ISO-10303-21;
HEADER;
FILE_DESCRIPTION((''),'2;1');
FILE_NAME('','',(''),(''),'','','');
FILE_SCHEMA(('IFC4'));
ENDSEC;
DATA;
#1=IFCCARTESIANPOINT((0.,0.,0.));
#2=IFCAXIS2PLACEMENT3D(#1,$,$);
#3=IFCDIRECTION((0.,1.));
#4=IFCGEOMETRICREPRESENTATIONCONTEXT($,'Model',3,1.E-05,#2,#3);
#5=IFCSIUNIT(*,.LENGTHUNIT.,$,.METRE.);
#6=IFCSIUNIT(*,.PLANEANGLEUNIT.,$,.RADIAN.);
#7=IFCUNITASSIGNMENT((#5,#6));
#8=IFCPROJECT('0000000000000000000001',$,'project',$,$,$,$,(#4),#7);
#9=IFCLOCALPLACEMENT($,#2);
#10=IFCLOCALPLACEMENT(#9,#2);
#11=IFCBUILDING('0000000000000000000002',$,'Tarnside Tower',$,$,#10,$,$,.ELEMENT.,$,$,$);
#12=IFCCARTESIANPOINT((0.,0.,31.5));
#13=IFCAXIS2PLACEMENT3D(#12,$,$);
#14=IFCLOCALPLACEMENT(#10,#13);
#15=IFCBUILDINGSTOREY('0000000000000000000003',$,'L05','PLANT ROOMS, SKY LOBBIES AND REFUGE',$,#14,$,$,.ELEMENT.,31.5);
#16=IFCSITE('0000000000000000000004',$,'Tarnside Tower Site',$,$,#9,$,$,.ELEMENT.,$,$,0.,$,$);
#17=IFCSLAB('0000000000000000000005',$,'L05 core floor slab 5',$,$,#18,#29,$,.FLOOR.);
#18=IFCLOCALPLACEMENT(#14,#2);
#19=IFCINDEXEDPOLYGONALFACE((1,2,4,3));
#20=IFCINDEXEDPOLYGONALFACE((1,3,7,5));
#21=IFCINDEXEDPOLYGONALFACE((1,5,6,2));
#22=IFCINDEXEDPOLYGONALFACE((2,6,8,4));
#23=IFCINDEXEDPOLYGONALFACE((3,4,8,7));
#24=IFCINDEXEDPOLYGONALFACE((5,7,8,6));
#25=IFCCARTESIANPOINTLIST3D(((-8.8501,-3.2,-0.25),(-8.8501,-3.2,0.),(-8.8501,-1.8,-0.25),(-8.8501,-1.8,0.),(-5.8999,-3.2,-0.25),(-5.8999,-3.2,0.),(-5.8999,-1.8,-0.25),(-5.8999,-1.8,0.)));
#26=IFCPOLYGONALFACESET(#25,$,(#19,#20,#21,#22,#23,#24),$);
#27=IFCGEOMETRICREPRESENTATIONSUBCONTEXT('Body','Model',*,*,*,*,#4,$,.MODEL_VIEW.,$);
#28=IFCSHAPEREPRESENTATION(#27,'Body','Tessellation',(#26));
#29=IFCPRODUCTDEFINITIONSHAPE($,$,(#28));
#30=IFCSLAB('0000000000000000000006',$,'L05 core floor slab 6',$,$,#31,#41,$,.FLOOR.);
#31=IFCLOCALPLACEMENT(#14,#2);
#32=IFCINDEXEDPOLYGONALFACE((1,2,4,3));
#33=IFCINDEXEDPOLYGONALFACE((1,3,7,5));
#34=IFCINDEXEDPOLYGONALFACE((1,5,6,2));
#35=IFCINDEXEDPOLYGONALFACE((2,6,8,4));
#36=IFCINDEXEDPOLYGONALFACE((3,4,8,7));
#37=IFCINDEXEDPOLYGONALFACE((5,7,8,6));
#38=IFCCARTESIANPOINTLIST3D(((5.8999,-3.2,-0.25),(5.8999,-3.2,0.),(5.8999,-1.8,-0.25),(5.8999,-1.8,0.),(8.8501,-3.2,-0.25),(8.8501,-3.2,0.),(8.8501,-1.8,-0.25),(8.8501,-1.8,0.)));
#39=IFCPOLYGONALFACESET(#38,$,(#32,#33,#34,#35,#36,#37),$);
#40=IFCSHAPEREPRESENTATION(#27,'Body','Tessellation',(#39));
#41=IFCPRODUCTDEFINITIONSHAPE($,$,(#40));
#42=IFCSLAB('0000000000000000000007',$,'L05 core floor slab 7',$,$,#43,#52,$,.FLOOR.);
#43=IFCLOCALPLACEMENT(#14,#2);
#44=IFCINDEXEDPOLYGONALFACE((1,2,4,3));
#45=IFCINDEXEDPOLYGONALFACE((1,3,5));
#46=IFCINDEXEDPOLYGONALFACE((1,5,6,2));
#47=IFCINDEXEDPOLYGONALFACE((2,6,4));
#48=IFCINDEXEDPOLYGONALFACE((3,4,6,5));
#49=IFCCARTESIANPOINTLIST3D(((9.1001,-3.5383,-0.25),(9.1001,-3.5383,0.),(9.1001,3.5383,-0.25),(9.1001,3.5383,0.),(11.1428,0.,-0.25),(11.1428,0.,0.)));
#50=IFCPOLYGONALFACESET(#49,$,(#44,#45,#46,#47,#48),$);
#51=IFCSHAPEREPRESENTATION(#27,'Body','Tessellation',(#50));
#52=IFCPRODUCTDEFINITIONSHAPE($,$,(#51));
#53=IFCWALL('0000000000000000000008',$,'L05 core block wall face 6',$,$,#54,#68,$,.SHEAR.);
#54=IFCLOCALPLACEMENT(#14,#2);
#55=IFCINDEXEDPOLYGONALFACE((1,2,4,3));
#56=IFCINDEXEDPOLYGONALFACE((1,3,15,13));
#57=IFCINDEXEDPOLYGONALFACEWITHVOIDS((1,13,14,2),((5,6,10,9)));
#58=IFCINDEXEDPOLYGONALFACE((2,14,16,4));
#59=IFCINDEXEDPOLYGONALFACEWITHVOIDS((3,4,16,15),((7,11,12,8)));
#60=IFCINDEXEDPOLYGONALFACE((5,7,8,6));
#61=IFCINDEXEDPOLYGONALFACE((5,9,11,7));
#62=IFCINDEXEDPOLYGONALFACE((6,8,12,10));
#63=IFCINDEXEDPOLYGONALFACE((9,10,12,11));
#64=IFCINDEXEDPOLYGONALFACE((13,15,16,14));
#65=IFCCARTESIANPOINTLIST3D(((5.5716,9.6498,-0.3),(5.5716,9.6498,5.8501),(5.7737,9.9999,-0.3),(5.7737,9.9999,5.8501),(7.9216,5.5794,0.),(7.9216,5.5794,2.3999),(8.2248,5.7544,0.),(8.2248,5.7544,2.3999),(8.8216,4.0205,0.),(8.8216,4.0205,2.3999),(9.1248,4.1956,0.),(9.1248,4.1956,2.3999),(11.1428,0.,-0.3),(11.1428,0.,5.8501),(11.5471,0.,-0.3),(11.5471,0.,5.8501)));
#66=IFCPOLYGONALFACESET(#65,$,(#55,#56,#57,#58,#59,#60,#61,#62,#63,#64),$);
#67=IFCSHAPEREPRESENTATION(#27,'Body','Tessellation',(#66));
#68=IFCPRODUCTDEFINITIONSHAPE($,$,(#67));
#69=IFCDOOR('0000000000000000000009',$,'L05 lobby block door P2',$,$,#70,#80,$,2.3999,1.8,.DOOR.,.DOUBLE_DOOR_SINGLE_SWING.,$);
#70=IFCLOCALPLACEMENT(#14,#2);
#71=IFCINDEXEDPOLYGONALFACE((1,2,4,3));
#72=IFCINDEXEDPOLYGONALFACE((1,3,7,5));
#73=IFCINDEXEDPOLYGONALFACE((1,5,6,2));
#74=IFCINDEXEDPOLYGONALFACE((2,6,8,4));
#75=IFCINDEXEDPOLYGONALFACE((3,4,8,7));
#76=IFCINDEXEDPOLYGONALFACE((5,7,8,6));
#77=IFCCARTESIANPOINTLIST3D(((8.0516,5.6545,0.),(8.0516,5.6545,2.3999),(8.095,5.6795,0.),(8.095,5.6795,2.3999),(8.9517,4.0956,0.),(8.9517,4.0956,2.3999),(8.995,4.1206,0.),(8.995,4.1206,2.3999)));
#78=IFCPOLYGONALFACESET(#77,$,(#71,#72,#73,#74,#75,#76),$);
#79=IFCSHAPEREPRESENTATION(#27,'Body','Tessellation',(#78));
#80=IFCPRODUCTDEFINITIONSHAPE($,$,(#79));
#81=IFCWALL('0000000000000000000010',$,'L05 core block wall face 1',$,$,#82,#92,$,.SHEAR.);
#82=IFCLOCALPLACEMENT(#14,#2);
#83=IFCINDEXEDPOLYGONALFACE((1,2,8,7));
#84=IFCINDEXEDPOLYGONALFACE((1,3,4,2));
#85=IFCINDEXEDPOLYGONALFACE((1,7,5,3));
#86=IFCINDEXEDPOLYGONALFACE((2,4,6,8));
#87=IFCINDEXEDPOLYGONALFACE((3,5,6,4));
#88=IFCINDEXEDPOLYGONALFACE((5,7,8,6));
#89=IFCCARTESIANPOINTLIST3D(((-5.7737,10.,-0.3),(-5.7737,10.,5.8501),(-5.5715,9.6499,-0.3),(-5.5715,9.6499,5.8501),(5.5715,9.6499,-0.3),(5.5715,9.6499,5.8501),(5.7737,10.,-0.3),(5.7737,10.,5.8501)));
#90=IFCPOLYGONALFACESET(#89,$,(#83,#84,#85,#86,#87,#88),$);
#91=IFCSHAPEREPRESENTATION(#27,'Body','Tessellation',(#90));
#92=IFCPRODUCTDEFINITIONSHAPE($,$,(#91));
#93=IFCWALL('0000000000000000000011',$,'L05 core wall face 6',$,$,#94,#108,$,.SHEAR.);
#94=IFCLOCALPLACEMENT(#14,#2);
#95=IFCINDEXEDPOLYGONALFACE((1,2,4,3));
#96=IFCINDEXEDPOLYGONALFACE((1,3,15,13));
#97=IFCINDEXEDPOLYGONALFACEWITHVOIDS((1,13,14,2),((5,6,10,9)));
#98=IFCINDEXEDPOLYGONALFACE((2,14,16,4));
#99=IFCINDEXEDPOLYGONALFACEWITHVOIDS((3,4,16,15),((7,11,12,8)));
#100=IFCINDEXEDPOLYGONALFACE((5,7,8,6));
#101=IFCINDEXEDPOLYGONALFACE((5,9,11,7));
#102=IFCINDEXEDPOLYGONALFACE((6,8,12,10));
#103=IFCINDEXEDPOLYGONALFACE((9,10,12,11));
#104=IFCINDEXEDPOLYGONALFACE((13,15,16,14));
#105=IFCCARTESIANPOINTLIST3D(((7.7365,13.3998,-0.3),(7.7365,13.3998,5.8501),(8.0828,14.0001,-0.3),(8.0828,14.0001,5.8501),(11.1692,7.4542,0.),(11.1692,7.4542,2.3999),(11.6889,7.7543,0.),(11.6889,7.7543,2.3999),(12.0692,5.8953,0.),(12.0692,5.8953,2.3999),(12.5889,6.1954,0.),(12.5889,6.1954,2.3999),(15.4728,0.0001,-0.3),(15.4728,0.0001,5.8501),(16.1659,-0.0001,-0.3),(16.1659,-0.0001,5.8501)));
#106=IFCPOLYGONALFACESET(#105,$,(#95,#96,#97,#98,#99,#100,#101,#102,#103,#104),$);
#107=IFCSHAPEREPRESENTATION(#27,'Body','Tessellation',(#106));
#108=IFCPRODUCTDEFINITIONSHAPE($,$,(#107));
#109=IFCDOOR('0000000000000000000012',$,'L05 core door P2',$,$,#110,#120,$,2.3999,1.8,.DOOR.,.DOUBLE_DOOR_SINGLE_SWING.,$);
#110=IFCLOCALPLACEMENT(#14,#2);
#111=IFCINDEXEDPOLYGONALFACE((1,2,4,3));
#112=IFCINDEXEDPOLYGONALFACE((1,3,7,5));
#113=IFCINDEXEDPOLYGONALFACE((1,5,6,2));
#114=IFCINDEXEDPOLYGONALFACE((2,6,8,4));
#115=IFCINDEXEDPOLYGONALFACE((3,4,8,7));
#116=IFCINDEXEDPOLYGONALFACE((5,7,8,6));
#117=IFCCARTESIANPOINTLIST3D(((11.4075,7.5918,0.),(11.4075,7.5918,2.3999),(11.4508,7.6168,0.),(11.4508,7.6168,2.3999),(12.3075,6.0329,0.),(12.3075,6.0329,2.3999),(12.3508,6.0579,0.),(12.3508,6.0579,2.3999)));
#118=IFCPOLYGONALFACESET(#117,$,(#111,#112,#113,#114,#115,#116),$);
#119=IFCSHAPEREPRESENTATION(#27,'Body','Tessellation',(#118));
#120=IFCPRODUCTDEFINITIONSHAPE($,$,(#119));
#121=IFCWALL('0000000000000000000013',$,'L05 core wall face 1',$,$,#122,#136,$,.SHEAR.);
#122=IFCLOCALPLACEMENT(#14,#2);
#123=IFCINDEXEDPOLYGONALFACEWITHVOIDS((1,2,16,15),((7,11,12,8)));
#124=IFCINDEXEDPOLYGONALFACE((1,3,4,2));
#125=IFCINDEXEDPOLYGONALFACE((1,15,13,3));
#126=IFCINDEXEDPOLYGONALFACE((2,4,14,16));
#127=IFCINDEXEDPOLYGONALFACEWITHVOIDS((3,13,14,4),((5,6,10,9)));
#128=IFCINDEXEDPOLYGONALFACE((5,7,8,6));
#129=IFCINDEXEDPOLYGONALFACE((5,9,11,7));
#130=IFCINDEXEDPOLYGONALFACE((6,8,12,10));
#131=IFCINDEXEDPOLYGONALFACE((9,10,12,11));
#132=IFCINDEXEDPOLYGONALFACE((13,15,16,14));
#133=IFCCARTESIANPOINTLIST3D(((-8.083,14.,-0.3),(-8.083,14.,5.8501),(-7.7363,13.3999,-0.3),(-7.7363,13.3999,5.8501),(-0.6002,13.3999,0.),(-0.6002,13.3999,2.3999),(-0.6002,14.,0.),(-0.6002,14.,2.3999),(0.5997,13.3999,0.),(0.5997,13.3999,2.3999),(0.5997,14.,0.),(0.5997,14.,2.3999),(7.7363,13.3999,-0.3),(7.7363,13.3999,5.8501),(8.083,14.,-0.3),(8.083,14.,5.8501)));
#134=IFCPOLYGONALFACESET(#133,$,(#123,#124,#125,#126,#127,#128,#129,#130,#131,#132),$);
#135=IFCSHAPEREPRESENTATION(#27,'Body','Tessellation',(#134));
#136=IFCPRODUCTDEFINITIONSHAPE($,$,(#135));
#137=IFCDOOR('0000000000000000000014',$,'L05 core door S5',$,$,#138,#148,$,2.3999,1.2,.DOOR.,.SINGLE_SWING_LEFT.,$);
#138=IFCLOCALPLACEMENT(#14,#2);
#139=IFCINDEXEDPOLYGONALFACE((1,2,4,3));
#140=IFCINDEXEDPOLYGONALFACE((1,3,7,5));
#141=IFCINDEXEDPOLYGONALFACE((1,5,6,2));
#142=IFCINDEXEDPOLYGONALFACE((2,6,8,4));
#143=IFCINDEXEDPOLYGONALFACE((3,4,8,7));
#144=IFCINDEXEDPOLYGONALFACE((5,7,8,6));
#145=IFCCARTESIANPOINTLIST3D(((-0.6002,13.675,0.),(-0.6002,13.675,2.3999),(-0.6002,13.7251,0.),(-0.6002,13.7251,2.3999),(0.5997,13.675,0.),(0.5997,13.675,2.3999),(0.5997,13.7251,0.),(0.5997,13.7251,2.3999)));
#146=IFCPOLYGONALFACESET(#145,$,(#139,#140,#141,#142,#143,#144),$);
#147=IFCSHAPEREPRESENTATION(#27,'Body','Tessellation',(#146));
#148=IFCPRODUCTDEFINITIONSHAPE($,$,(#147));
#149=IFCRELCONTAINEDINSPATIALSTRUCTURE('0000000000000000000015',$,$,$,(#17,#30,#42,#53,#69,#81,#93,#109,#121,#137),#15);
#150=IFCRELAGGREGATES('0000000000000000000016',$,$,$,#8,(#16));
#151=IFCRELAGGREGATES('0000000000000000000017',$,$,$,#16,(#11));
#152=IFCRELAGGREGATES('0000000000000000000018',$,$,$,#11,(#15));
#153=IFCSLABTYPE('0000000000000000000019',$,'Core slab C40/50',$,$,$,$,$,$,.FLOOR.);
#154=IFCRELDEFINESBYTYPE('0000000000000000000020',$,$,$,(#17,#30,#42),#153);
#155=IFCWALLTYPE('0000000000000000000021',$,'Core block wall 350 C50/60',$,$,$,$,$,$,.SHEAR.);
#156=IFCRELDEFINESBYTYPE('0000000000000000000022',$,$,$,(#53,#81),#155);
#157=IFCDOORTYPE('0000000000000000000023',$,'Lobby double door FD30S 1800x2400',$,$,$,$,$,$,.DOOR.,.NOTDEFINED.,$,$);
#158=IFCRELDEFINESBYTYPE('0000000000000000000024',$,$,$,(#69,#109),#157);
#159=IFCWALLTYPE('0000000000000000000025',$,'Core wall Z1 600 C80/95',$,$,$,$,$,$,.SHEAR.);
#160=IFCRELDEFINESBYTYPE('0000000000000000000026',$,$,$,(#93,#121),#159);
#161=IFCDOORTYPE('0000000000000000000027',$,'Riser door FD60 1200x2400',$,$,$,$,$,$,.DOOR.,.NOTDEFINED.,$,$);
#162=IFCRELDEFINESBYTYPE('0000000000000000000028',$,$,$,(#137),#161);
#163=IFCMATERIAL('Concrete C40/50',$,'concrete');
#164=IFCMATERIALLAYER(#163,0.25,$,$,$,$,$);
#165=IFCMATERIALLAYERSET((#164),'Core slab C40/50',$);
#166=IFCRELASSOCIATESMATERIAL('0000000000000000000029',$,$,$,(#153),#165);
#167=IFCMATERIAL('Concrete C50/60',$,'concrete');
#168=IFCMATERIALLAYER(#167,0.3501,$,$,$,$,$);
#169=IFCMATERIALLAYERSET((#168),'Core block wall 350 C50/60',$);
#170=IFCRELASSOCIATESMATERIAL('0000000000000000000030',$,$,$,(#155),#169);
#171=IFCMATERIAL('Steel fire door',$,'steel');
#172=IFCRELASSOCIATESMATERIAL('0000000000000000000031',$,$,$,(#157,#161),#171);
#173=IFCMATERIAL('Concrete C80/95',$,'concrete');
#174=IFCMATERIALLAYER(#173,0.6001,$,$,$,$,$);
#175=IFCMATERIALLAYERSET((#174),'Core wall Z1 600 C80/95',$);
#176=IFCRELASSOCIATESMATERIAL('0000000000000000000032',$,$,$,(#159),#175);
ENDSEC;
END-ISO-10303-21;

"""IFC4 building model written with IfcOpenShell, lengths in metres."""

from ifc_helpers import new_model, si_unit, direction, frame, frame_2d, origin, place, context, subcontext, project, spatial, polyline, rectangle, outline, extrude, material, layer, layer_set, type_object, element, fill, save


model = new_model("IFC4")

# Units and contexts
model_context = context("Model", 3, precision=1e-05, world=origin(), true_north=direction((0.0, 1.0)))
body_context = subcontext(model_context, "Body", "Model", "MODEL_VIEW")
ifc_project = project(units=[si_unit("LENGTHUNIT", "METRE"), si_unit("PLANEANGLEUNIT", "RADIAN")], contexts=[model_context])

# Site, building, storey
site_placement = place(None, origin())
site = spatial("IfcSite", under=ifc_project, at=site_placement, Name="Tarnside Tower Site", CompositionType="ELEMENT", RefElevation=0.0)
building_placement = place(site_placement, origin())
building = spatial("IfcBuilding", under=site, at=building_placement, Name="Tarnside Tower", CompositionType="ELEMENT")
storey_placement = place(building_placement, frame((0.0, 0.0, 31.5)))
storey = spatial("IfcBuildingStorey", under=building, at=storey_placement, Name="L05", Description="PLANT ROOMS, SKY LOBBIES AND REFUGE", CompositionType="ELEMENT", Elevation=31.5)

# Slabs
ifc_material_1 = material(Name="Concrete C40/50", Category="concrete")
ifc_layer_1 = layer(ifc_material_1, 0.25)
ifc_layer_set_1 = layer_set([ifc_layer_1], Name="Core slab C40/50")
slab_type = type_object("IfcSlabType", Name="Core slab C40/50", PredefinedType="FLOOR", material=ifc_layer_set_1)
slab_1_placement = place(storey_placement, frame((0.0, 0.0, -0.25)))
element("IfcSlab", 1, at=slab_1_placement, inside=storey, type_object=slab_type, Name="L05 core floor slab 5", PredefinedType="FLOOR", context=body_context, shape_type="SweptSolid", body=[
    extrude(outline(polyline([(-8.8501, -1.8), (-5.8999, -1.8), (-5.8999, -3.2), (-8.8501, -3.2), (-8.8501, -1.8)])), origin(), (0.0, 0.0, 1.0), 0.25),
])
slab_2_placement = place(storey_placement, frame((0.0, 0.0, -0.25)))
element("IfcSlab", 2, at=slab_2_placement, inside=storey, type_object=slab_type, Name="L05 core floor slab 6", PredefinedType="FLOOR", context=body_context, shape_type="SweptSolid", body=[
    extrude(outline(polyline([(5.8999, -3.2), (5.8999, -1.8), (8.8501, -1.8), (8.8501, -3.2), (5.8999, -3.2)])), origin(), (0.0, 0.0, 1.0), 0.25),
])
slab_3_placement = place(storey_placement, frame((0.0, 0.0, -0.25)))
element("IfcSlab", 3, at=slab_3_placement, inside=storey, type_object=slab_type, Name="L05 core floor slab 7", PredefinedType="FLOOR", context=body_context, shape_type="SweptSolid", body=[
    extrude(outline(polyline([(9.1001, -3.5383), (9.1001, 3.5383), (11.1428, 0.0), (9.1001, -3.5383)])), origin(), (0.0, 0.0, 1.0), 0.25),
])

# Wall, opening, door
ifc_material_2 = material(Name="Concrete C50/60", Category="concrete")
ifc_layer_2 = layer(ifc_material_2, 0.3501)
ifc_layer_set_2 = layer_set([ifc_layer_2], Name="Core block wall 350 C50/60")
wall_type_1 = type_object("IfcWallType", Name="Core block wall 350 C50/60", PredefinedType="SHEAR", material=ifc_layer_set_2)
wall_1_placement = place(storey_placement, frame((11.345, 0.0, -0.3), z_axis=(0.0, 0.0, 1.0), x_axis=(-0.499995, 0.866028, 0.0)))
wall_1 = element("IfcWall", 4, at=wall_1_placement, inside=storey, type_object=wall_type_1, Name="L05 core block wall face 6", PredefinedType="SHEAR", context=body_context, shape_type="SweptSolid", body=[
    extrude(outline(polyline([(-0.1011, -0.175), (11.4458, -0.175), (11.2437, 0.175), (0.1011, 0.175), (-0.1011, -0.175)])), origin(), (0.0, 0.0, 1.0), 6.1501),
])
opening_1_placement = place(wall_1_placement, frame((4.7437, 0.0, 0.3)))
opening_1 = element("IfcOpeningElement", 5, at=opening_1_placement, cuts=wall_1, PredefinedType="OPENING", context=body_context, shape_type="SweptSolid", body=[
    extrude(rectangle(XDim=1.8, YDim=2.3999, at=frame_2d((0.8999, 1.2))), frame((0.0, 0.1851, 0.0), z_axis=(0.0, -1.0, 0.0), x_axis=(1.0, 0.0, 0.0)), (0.0, 0.0, 1.0), 0.3701),
])
ifc_material_3 = material(Name="Steel fire door", Category="steel")
door_type_1 = type_object("IfcDoorType", Name="Lobby double door FD30S 1800x2400", OperationType="NOTDEFINED", PredefinedType="DOOR", material=ifc_material_3)
door_1_placement = place(opening_1_placement, origin())
door_1 = element("IfcDoor", 6, at=door_1_placement, inside=storey, type_object=door_type_1, Name="L05 lobby block door P2", OperationType="DOUBLE_DOOR_SINGLE_SWING", OverallHeight=2.3999, OverallWidth=1.8, PredefinedType="DOOR", context=body_context, shape_type="SweptSolid", body=[
    extrude(rectangle(XDim=1.8, YDim=2.3999, at=frame_2d((0.8999, 1.2))), frame((0.0, 0.0249, 0.0), z_axis=(0.0, -1.0, 0.0), x_axis=(1.0, 0.0, 0.0)), (0.0, 0.0, 1.0), 0.05),
])
fill(opening_1, door_1)

# Wall
wall_2_placement = place(storey_placement, frame((5.6726, 9.825, -0.3), z_axis=(0.0, 0.0, 1.0), x_axis=(-1.0, 0.0, 0.0)))
element("IfcWall", 7, at=wall_2_placement, inside=storey, type_object=wall_type_1, Name="L05 core block wall face 1", PredefinedType="SHEAR", context=body_context, shape_type="SweptSolid", body=[
    extrude(outline(polyline([(-0.1011, -0.175), (11.4463, -0.175), (11.2441, 0.175), (0.1011, 0.175), (-0.1011, -0.175)])), origin(), (0.0, 0.0, 1.0), 6.1501),
])

# Walls, openings, doors
ifc_material_4 = material(Name="Concrete C80/95", Category="concrete")
ifc_layer_3 = layer(ifc_material_4, 0.6001)
ifc_layer_set_3 = layer_set([ifc_layer_3], Name="Core wall Z1 600 C80/95")
wall_type_2 = type_object("IfcWallType", Name="Core wall Z1 600 C80/95", PredefinedType="SHEAR", material=ifc_layer_set_3)
wall_3_placement = place(storey_placement, frame((15.8193, 0.0, -0.3), z_axis=(0.0, 0.0, 1.0), x_axis=(-0.5, 0.866025, 0.0)))
wall_3 = element("IfcWall", 8, at=wall_3_placement, inside=storey, type_object=wall_type_2, Name="L05 core wall face 6", PredefinedType="SHEAR", context=body_context, shape_type="SweptSolid", body=[
    extrude(outline(polyline([(-0.1733, -0.3), (15.9927, -0.3), (15.646, 0.3), (0.1733, 0.3), (-0.1733, -0.3)])), origin(), (0.0, 0.0, 1.0), 6.1501),
])
opening_2_placement = place(wall_3_placement, frame((6.9807, 0.0, 0.3)))
opening_2 = element("IfcOpeningElement", 9, at=opening_2_placement, cuts=wall_3, PredefinedType="OPENING", context=body_context, shape_type="SweptSolid", body=[
    extrude(rectangle(XDim=1.8, YDim=2.3999, at=frame_2d((0.8999, 1.2))), frame((0.0, 0.3101, 0.0), z_axis=(0.0, -1.0, 0.0), x_axis=(1.0, 0.0, 0.0)), (0.0, 0.0, 1.0), 0.6201),
])
door_2_placement = place(opening_2_placement, origin())
door_2 = element("IfcDoor", 10, at=door_2_placement, inside=storey, type_object=door_type_1, Name="L05 core door P2", OperationType="DOUBLE_DOOR_SINGLE_SWING", OverallHeight=2.3999, OverallWidth=1.8, PredefinedType="DOOR", context=body_context, shape_type="SweptSolid", body=[
    extrude(rectangle(XDim=1.8, YDim=2.3999, at=frame_2d((0.8999, 1.2))), frame((0.0, 0.0249, 0.0), z_axis=(0.0, -1.0, 0.0), x_axis=(1.0, 0.0, 0.0)), (0.0, 0.0, 1.0), 0.05),
])
fill(opening_2, door_2)
wall_4_placement = place(storey_placement, frame((7.9097, 13.7, -0.3), z_axis=(0.0, 0.0, 1.0), x_axis=(-1.0, 0.0, 0.0)))
wall_4 = element("IfcWall", 11, at=wall_4_placement, inside=storey, type_object=wall_type_2, Name="L05 core wall face 1", PredefinedType="SHEAR", context=body_context, shape_type="SweptSolid", body=[
    extrude(outline(polyline([(-0.1733, -0.3), (15.9927, -0.3), (15.646, 0.3), (0.1733, 0.3), (-0.1733, -0.3)])), origin(), (0.0, 0.0, 1.0), 6.1501),
])
opening_3_placement = place(wall_4_placement, frame((7.3098, 0.0, 0.3)))
opening_3 = element("IfcOpeningElement", 12, at=opening_3_placement, cuts=wall_4, PredefinedType="OPENING", context=body_context, shape_type="SweptSolid", body=[
    extrude(rectangle(XDim=1.2, YDim=2.3999, at=frame_2d((0.6001, 1.2))), frame((0.0, 0.3101, 0.0), z_axis=(0.0, -1.0, 0.0), x_axis=(1.0, 0.0, 0.0)), (0.0, 0.0, 1.0), 0.6201),
])
door_type_2 = type_object("IfcDoorType", Name="Riser door FD60 1200x2400", OperationType="NOTDEFINED", PredefinedType="DOOR", material=ifc_material_3)
door_3_placement = place(opening_3_placement, origin())
door_3 = element("IfcDoor", 13, at=door_3_placement, inside=storey, type_object=door_type_2, Name="L05 core door S5", OperationType="SINGLE_SWING_LEFT", OverallHeight=2.3999, OverallWidth=1.2, PredefinedType="DOOR", context=body_context, shape_type="SweptSolid", body=[
    extrude(rectangle(XDim=1.2, YDim=2.3999, at=frame_2d((0.6001, 1.2))), frame((0.0, 0.0249, 0.0), z_axis=(0.0, -1.0, 0.0), x_axis=(1.0, 0.0, 0.0)), (0.0, 0.0, 1.0), 0.05),
])
fill(opening_3, door_3)

save(model, "model.ifc")
